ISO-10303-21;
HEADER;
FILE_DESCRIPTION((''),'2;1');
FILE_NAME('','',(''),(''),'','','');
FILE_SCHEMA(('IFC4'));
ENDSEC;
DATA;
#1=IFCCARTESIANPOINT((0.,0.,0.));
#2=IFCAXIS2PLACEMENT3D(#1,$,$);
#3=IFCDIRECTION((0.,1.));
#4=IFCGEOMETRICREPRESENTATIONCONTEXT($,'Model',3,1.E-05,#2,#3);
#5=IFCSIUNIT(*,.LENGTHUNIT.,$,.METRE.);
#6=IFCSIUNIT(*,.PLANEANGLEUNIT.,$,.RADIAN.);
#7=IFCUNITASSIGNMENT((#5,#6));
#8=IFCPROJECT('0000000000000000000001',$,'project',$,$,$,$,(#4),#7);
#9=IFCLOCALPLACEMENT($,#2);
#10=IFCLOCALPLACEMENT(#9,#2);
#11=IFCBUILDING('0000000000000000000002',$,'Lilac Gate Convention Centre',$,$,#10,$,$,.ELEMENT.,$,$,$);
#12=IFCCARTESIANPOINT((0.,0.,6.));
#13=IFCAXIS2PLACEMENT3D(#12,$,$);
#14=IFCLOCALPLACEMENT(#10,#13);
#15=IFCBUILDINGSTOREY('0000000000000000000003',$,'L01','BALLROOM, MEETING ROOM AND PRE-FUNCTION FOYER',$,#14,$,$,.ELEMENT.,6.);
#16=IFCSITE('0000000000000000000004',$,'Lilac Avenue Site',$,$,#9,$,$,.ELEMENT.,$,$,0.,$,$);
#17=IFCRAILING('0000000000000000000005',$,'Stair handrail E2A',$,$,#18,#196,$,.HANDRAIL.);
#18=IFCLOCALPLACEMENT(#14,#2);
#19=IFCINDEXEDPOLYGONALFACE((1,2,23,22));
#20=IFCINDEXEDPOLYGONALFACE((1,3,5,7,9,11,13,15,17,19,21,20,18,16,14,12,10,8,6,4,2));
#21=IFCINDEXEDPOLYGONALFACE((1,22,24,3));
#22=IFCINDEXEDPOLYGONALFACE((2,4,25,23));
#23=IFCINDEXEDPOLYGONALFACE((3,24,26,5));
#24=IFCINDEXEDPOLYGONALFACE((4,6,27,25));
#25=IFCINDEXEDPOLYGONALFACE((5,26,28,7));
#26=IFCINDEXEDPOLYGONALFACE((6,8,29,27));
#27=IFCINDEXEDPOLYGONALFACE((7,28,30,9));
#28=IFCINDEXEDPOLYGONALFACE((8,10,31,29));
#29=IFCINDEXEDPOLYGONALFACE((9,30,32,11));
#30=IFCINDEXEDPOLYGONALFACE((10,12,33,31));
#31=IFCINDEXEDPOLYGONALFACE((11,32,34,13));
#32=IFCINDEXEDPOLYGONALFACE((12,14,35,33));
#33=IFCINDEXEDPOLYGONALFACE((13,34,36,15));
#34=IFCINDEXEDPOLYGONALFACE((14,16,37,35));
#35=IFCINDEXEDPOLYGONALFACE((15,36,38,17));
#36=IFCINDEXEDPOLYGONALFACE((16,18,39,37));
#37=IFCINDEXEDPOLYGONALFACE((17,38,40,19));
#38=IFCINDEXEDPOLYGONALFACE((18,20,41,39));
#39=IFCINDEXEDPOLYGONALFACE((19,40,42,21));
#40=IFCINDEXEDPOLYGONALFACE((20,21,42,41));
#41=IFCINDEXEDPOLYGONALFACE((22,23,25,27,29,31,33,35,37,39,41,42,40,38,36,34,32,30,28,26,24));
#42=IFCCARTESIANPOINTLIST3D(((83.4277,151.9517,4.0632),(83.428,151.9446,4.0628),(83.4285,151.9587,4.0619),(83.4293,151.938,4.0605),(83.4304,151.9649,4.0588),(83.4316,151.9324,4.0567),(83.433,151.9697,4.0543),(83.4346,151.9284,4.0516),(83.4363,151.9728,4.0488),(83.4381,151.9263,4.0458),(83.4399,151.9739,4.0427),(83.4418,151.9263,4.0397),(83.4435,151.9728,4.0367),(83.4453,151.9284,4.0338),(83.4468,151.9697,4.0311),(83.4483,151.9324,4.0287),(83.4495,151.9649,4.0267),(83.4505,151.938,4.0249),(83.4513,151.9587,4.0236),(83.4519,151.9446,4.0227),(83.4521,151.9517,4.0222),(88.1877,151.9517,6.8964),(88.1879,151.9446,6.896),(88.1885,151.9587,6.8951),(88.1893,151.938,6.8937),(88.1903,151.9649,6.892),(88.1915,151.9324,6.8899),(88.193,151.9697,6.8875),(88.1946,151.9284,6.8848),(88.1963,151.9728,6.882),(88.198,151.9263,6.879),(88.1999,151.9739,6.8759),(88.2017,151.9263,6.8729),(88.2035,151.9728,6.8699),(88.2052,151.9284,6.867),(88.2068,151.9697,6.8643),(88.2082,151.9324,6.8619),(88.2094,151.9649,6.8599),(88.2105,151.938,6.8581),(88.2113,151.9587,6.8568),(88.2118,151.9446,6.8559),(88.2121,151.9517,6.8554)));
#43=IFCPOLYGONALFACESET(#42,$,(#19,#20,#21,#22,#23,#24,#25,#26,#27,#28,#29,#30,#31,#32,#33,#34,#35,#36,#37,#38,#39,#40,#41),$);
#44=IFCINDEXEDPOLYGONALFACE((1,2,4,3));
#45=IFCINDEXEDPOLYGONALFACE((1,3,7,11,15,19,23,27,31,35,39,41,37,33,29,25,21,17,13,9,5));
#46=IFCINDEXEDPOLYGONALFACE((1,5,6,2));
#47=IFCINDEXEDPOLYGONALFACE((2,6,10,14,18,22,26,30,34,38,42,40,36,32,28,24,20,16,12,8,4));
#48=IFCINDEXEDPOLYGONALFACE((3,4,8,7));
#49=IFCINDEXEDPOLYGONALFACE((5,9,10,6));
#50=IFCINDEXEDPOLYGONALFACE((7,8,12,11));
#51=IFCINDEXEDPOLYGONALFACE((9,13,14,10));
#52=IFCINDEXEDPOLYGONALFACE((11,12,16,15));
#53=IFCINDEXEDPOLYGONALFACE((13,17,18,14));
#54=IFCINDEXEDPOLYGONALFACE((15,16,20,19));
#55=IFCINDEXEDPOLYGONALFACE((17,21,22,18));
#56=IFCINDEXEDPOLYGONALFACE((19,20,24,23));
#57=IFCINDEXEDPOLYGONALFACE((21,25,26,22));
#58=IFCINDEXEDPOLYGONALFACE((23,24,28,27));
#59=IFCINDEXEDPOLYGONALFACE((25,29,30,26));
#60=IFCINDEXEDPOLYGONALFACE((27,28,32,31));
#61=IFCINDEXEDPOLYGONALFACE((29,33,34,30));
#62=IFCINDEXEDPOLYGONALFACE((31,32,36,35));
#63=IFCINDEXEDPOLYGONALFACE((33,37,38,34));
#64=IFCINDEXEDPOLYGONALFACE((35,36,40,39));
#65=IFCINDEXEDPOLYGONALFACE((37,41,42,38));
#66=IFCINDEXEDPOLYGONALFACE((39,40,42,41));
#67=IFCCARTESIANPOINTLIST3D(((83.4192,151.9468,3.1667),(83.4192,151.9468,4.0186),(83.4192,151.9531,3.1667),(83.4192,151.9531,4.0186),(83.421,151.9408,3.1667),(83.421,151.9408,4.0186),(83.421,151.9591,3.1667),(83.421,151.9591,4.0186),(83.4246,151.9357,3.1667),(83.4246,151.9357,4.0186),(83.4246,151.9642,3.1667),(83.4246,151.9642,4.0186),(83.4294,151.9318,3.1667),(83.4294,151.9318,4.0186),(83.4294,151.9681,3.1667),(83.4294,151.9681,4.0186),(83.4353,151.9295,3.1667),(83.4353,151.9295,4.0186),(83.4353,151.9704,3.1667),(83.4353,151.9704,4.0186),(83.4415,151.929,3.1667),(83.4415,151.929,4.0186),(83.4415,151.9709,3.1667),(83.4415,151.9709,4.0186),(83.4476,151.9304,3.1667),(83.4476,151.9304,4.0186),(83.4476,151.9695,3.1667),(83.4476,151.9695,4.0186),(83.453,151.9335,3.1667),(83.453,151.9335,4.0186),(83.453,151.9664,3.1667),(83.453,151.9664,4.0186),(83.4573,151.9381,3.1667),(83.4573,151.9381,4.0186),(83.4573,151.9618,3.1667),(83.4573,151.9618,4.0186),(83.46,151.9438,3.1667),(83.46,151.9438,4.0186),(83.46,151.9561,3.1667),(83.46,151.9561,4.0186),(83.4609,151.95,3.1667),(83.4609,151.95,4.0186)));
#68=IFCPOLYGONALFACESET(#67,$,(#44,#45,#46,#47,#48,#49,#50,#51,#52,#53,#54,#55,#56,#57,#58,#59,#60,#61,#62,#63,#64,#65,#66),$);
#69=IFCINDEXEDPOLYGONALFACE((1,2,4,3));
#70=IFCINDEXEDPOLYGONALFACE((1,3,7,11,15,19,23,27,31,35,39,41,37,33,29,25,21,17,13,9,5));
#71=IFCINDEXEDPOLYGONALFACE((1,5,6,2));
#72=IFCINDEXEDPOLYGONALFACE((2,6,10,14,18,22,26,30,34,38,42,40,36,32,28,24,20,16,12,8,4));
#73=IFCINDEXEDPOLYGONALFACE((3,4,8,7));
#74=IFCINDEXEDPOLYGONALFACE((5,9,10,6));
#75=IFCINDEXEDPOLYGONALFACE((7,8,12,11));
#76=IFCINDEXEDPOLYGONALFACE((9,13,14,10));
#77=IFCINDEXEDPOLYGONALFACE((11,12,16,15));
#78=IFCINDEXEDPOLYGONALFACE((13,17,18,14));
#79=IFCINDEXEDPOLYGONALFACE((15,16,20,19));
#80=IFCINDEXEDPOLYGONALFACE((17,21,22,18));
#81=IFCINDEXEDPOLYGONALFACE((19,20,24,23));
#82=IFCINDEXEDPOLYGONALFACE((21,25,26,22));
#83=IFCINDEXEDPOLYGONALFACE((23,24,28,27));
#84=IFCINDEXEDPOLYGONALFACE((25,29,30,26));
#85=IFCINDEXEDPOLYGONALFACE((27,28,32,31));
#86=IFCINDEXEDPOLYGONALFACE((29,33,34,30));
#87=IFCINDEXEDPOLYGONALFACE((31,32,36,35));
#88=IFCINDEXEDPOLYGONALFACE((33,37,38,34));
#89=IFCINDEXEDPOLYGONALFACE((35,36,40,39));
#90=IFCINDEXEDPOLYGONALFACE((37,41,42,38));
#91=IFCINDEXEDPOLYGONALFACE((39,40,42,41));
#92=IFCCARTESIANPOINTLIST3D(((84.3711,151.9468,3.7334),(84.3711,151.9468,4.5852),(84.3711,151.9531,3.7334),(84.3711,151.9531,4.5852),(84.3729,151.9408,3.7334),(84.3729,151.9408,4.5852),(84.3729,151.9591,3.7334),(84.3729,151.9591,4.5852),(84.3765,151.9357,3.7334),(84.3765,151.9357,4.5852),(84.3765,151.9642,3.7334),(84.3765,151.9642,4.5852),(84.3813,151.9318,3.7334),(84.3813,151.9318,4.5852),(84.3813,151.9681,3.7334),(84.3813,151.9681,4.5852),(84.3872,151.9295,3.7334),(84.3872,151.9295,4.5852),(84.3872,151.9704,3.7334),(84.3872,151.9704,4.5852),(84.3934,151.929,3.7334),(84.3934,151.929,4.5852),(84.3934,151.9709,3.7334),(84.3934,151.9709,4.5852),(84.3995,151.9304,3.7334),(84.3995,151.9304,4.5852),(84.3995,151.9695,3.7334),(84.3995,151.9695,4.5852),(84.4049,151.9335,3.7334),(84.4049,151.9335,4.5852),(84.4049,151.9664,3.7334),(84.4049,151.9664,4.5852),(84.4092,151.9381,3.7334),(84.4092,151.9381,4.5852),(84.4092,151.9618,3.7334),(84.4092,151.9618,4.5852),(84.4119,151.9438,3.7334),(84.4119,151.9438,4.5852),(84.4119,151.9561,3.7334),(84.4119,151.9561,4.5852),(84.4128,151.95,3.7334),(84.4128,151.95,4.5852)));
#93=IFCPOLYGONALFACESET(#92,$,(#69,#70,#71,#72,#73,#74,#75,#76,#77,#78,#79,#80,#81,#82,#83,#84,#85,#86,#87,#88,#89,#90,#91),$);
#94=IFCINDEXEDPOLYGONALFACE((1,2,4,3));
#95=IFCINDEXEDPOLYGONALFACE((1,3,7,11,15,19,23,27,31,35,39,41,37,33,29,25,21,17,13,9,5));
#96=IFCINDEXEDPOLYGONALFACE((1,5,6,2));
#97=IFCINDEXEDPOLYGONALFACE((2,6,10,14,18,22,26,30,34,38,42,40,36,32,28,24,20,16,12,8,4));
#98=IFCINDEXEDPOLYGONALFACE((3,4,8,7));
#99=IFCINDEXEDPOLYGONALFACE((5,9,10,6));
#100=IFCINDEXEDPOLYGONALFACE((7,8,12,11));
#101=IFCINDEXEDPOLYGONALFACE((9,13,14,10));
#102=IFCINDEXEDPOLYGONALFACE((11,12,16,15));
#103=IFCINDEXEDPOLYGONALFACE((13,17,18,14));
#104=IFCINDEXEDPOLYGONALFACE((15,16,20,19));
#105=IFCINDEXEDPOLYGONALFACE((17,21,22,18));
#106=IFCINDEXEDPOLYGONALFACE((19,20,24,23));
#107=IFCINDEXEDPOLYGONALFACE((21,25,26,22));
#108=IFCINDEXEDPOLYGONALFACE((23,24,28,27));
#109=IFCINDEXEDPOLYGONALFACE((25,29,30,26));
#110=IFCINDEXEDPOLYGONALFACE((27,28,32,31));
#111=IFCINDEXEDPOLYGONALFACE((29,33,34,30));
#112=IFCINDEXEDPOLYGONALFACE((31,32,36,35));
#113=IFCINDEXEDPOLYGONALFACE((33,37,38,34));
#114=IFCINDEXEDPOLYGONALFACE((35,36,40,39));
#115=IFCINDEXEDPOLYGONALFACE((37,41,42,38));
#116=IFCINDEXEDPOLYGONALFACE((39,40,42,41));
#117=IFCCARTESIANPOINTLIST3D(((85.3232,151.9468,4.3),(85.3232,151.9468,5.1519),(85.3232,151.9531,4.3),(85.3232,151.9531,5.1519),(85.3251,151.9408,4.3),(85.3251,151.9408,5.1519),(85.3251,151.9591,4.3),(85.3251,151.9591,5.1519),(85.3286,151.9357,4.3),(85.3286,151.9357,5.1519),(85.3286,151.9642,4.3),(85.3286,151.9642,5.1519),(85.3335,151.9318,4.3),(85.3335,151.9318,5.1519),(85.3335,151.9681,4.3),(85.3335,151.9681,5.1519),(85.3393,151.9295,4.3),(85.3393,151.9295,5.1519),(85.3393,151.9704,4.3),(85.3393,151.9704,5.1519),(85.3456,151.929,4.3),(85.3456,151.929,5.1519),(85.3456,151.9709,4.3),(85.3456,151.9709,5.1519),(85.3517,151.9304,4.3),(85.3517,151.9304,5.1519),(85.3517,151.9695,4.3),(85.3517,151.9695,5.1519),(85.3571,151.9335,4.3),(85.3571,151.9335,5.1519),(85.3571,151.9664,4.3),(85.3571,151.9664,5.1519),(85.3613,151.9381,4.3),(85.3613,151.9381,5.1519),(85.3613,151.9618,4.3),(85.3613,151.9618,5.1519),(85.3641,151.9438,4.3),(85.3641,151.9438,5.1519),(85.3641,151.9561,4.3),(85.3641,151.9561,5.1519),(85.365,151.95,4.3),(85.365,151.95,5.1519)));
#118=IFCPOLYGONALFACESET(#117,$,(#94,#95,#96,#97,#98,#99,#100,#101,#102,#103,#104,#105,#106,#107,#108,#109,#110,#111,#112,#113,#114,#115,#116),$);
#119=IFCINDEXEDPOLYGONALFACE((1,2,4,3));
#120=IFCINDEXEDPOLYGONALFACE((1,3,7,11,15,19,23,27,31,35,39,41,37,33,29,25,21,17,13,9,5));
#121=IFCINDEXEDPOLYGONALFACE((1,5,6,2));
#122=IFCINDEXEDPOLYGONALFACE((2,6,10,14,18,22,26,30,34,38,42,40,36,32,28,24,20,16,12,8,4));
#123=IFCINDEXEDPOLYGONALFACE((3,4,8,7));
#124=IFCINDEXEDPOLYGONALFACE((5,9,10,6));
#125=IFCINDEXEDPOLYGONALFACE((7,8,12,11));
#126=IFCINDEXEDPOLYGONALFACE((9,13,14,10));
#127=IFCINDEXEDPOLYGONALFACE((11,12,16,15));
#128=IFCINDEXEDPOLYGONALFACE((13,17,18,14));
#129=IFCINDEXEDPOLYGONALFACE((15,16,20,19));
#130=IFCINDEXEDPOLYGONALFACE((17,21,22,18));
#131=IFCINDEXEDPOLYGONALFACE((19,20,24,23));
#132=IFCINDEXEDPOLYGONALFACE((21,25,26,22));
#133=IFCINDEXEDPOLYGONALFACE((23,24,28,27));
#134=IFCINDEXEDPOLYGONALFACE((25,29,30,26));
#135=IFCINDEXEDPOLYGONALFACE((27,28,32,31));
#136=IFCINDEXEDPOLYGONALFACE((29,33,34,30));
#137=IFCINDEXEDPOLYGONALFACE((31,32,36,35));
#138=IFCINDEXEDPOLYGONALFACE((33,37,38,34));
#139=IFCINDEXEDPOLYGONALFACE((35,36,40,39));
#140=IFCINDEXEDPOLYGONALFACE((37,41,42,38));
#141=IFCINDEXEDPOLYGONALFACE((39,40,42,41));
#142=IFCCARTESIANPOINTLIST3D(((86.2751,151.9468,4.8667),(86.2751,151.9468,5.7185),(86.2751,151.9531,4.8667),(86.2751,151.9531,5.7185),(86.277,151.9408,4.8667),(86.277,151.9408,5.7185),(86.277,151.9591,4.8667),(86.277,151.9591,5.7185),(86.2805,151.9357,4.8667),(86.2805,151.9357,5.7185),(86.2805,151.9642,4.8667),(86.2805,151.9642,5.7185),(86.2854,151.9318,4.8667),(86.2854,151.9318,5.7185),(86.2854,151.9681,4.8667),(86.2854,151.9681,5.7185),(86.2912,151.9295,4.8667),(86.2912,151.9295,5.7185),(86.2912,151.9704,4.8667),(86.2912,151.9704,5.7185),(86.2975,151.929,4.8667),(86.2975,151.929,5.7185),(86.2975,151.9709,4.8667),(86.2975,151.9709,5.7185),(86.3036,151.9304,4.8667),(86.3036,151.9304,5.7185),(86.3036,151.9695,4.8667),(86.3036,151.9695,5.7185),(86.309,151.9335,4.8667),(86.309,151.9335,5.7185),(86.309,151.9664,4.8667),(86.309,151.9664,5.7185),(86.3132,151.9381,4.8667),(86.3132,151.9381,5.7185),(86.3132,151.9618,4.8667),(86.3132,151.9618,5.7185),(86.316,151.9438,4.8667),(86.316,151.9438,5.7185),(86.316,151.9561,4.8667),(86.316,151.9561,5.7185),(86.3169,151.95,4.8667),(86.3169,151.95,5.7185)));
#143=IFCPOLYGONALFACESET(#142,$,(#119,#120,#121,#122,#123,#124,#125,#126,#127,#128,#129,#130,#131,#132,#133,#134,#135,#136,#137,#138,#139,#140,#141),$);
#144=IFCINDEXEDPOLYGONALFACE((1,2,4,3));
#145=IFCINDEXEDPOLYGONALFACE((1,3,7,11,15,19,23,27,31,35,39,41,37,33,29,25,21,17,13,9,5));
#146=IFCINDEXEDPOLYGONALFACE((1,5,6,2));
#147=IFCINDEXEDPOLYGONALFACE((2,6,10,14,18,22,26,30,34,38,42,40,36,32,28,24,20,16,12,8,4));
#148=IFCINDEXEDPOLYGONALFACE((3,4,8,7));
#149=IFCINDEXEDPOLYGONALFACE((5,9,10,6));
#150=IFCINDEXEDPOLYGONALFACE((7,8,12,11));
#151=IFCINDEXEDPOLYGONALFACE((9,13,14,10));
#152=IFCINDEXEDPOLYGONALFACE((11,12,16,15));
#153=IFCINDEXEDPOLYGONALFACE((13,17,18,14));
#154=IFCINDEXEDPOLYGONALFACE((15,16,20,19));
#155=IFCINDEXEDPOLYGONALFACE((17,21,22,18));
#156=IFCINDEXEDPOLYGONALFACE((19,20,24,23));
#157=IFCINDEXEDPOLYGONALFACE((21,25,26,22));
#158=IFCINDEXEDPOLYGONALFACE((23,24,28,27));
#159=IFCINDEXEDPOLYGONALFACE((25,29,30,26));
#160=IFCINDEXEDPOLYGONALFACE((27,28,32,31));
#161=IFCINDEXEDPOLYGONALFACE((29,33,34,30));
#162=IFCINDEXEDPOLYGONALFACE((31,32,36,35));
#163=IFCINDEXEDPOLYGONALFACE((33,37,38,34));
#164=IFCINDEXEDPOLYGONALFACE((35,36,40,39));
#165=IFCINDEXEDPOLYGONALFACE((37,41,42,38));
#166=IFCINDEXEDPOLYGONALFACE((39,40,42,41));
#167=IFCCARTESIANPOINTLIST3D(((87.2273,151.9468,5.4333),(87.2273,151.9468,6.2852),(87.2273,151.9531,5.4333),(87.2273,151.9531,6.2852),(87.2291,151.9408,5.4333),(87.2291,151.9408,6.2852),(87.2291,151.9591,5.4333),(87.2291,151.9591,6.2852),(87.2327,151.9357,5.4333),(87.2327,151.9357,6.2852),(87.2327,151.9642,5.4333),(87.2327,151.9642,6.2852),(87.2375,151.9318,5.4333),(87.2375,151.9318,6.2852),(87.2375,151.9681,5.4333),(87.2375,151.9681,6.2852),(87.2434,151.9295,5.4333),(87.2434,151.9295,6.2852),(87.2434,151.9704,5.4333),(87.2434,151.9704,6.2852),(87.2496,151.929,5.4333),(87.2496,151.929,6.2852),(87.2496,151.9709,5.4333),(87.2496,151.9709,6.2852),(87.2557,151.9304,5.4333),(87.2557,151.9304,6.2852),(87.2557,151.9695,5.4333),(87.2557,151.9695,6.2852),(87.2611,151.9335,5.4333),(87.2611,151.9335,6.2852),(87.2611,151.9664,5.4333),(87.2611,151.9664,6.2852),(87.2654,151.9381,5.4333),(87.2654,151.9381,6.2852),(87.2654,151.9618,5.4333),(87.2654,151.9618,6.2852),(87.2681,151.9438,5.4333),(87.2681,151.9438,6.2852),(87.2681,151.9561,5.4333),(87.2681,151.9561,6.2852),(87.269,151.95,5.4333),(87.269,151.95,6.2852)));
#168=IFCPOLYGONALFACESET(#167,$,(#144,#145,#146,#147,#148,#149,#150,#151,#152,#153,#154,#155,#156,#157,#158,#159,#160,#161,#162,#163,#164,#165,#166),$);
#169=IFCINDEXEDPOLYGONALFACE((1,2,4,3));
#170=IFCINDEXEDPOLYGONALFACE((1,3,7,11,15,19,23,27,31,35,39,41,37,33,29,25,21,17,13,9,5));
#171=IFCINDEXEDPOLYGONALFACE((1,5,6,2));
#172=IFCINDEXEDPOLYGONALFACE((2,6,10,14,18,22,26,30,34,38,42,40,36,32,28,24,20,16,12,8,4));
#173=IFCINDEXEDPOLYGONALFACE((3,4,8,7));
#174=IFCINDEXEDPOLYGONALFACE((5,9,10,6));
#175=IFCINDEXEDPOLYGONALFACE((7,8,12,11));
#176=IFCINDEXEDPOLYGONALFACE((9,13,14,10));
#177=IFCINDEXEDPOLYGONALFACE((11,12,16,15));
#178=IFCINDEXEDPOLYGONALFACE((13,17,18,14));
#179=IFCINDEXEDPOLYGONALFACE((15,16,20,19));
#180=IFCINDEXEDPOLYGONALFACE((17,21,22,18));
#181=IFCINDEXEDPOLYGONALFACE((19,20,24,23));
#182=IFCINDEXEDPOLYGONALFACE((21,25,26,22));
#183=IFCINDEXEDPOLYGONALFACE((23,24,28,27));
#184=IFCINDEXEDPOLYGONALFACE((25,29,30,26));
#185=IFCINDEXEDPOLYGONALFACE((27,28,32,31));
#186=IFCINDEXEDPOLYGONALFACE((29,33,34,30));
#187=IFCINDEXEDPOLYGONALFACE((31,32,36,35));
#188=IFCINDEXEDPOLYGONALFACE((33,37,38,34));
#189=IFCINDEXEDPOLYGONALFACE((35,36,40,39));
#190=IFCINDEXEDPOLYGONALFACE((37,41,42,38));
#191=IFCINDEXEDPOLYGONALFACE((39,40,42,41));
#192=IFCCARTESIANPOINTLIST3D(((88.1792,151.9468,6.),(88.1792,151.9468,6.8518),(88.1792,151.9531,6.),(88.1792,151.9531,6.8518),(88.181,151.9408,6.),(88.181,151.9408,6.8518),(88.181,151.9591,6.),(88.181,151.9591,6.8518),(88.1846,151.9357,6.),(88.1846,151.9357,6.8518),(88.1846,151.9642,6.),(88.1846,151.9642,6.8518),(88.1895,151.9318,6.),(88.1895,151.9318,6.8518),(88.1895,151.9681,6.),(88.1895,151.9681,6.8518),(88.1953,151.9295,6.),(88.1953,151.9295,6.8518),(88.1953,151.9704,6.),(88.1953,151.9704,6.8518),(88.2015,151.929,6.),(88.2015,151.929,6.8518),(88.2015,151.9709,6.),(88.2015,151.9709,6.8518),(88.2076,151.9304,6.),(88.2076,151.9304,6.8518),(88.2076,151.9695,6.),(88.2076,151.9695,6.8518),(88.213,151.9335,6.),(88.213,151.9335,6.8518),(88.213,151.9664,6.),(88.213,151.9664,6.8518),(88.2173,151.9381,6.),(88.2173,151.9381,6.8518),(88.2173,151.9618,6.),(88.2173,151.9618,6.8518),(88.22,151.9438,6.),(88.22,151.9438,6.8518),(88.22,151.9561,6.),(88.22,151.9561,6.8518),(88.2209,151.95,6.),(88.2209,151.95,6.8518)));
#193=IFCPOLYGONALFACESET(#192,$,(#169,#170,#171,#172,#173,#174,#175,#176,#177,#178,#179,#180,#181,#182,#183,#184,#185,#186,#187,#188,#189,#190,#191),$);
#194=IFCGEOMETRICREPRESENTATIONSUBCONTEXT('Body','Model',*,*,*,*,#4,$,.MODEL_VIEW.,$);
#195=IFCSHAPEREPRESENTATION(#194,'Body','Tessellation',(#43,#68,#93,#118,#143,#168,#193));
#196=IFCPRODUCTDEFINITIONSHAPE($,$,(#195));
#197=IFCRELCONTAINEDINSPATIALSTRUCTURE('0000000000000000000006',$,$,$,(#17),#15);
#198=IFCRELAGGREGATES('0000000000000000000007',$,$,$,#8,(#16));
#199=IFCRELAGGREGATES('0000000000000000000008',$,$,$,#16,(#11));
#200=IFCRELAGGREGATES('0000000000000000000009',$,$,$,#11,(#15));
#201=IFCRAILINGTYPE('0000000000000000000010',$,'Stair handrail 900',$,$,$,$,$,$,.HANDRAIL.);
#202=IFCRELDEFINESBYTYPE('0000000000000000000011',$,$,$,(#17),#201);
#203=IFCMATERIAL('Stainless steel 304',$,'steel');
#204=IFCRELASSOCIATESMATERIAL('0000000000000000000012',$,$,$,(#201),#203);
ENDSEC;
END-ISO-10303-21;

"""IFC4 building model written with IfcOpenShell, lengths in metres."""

from ifc_helpers import new_model, si_unit, direction, frame, origin, origin_2d, place, context, subcontext, project, spatial, circle, extrude, material, type_object, element, save


model = new_model("IFC4")

# Units and contexts
model_context = context("Model", 3, precision=1e-05, world=origin(), true_north=direction((0.0, 1.0)))
body_context = subcontext(model_context, "Body", "Model", "MODEL_VIEW")
ifc_project = project(units=[si_unit("LENGTHUNIT", "METRE"), si_unit("PLANEANGLEUNIT", "RADIAN")], contexts=[model_context])

# Site, building, storey
site_placement = place(None, origin())
site = spatial("IfcSite", under=ifc_project, at=site_placement, Name="Lilac Avenue Site", CompositionType="ELEMENT", RefElevation=0.0)
building_placement = place(site_placement, origin())
building = spatial("IfcBuilding", under=site, at=building_placement, Name="Lilac Gate Convention Centre", CompositionType="ELEMENT")
storey_placement = place(building_placement, frame((0.0, 0.0, 6.0)))
storey = spatial("IfcBuildingStorey", under=building, at=storey_placement, Name="L01", Description="BALLROOM, MEETING ROOM AND PRE-FUNCTION FOYER", CompositionType="ELEMENT", Elevation=6.0)

# Shared definitions
ifc_material_1 = material(Name="Stainless steel 304", Category="steel")

# Railing
railing_type = type_object("IfcRailingType", Name="Stair handrail 900", PredefinedType="HANDRAIL", material=ifc_material_1)
for number, where, name in (
    (1, (83.4399, 151.95, 3.1667), "Stair handrail E2A"),
):
    element("IfcRailing", number, at=place(storey_placement, frame(where)), inside=storey, type_object=railing_type, Name=name, PredefinedType="HANDRAIL", context=body_context, shape_type="SweptSolid", body=[
        extrude(circle(Radius=0.0239, at=origin_2d()), frame((0.0, 0.0, 0.876), z_axis=(0.8593, 0.0, 0.511472), x_axis=(0.0, 1.0, 0.0)), (0.0, 0.0, 1.0), 5.5393),
        extrude(circle(Radius=0.021, at=origin_2d()), origin(), (0.0, 0.0, 1.0), 0.8518),
        extrude(circle(Radius=0.021, at=origin_2d()), frame((0.9519, 0.0, 0.5667)), (0.0, 0.0, 1.0), 0.8518),
        extrude(circle(Radius=0.021, at=origin_2d()), frame((1.9041, 0.0, 1.1333)), (0.0, 0.0, 1.0), 0.8518),
        extrude(circle(Radius=0.021, at=origin_2d()), frame((2.856, 0.0, 1.7)), (0.0, 0.0, 1.0), 0.8518),
        extrude(circle(Radius=0.021, at=origin_2d()), frame((3.8081, 0.0, 2.2666)), (0.0, 0.0, 1.0), 0.8518),
        extrude(circle(Radius=0.021, at=origin_2d()), frame((4.76, 0.0, 2.8333)), (0.0, 0.0, 1.0), 0.8518),
    ])

save(model, "model.ifc")
